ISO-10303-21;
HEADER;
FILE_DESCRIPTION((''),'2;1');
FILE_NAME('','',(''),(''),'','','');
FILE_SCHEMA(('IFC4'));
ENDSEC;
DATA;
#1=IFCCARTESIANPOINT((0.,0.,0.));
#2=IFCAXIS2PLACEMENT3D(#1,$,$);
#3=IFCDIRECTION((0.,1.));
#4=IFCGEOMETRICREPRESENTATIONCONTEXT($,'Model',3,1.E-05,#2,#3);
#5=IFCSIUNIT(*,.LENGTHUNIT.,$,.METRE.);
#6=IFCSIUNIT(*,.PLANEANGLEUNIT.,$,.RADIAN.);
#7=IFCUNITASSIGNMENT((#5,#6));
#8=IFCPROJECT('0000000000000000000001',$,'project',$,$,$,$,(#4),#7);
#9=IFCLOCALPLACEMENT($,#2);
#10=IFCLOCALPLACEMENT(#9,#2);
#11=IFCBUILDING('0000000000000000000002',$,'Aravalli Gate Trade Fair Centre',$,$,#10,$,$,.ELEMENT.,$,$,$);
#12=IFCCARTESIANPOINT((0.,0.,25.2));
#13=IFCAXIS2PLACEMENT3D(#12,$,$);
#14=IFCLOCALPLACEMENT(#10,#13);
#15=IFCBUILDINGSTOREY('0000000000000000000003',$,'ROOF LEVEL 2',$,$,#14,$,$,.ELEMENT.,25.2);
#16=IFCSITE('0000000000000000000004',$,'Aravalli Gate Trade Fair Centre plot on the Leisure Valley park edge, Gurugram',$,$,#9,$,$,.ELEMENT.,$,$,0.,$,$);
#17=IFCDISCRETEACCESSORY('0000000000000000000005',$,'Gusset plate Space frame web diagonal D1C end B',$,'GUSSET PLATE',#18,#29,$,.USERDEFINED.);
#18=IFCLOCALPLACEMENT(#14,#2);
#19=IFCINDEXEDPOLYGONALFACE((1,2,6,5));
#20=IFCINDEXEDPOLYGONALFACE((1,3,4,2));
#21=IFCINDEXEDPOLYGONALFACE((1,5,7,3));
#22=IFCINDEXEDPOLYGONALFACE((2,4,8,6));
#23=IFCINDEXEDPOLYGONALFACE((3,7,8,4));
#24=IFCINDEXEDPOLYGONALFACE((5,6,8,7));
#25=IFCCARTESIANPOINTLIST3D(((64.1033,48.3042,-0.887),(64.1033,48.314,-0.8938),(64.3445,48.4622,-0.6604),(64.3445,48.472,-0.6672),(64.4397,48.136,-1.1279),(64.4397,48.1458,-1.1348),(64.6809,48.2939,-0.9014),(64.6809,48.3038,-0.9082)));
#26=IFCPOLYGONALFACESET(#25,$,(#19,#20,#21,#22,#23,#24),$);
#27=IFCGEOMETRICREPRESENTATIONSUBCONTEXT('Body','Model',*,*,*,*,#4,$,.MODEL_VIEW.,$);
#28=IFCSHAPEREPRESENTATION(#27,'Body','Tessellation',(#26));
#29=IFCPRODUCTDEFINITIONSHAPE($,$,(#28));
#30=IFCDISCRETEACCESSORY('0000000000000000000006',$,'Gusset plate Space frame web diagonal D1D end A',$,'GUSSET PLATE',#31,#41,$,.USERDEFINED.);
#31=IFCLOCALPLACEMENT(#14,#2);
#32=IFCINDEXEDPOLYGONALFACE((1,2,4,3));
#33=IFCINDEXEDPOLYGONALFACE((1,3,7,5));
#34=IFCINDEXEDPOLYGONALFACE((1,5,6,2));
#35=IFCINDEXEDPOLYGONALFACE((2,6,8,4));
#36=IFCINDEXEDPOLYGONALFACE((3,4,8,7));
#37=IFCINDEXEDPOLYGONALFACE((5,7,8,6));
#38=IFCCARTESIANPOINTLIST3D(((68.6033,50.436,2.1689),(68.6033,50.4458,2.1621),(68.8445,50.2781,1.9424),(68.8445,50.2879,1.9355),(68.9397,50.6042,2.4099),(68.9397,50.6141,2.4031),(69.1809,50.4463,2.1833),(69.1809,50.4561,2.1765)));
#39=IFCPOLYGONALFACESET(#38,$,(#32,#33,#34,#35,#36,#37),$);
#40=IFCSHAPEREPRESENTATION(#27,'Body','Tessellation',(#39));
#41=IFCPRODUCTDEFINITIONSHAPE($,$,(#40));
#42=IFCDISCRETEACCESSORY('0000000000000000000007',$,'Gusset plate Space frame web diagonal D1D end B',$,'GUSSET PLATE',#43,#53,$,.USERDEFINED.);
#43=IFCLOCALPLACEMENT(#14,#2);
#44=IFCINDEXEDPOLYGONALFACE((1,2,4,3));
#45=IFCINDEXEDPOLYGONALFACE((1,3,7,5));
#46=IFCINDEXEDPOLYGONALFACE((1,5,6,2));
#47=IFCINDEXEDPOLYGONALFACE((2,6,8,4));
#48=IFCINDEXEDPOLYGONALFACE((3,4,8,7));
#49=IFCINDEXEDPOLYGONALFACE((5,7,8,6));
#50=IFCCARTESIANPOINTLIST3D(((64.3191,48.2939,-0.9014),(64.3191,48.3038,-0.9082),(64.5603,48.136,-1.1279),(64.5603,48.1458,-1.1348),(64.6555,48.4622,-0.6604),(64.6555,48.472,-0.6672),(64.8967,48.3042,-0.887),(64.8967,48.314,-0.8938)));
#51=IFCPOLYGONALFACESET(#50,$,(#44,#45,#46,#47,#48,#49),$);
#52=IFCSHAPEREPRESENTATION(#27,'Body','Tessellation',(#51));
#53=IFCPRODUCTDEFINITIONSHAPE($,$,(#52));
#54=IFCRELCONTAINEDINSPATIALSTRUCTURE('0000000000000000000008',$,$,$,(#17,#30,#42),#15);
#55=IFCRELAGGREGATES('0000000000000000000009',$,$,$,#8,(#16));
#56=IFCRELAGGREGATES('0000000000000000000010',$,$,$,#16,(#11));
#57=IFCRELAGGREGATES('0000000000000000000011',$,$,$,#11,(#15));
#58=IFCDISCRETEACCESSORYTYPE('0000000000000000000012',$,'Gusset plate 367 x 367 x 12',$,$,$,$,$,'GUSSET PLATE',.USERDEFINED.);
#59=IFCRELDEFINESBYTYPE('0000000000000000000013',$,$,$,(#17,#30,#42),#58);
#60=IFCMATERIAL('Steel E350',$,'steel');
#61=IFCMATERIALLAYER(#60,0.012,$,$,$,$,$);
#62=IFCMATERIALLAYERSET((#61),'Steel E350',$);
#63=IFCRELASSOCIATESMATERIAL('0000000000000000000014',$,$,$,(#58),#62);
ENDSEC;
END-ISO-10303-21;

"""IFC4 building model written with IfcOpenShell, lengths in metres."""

from ifc_helpers import new_model, si_unit, direction, frame, origin, place, context, subcontext, project, spatial, polyline, outline, extrude, material, layer, layer_set, type_object, element, save


model = new_model("IFC4")

# Units and contexts
model_context = context("Model", 3, precision=1e-05, world=origin(), true_north=direction((0.0, 1.0)))
body_context = subcontext(model_context, "Body", "Model", "MODEL_VIEW")
ifc_project = project(units=[si_unit("LENGTHUNIT", "METRE"), si_unit("PLANEANGLEUNIT", "RADIAN")], contexts=[model_context])

# Site, building, storey
site_placement = place(None, origin())
site = spatial("IfcSite", under=ifc_project, at=site_placement, Name="Aravalli Gate Trade Fair Centre plot on the Leisure Valley park edge, Gurugram", CompositionType="ELEMENT", RefElevation=0.0)
building_placement = place(site_placement, origin())
building = spatial("IfcBuilding", under=site, at=building_placement, Name="Aravalli Gate Trade Fair Centre", CompositionType="ELEMENT")
storey_placement = place(building_placement, frame((0.0, 0.0, 25.2)))
storey = spatial("IfcBuildingStorey", under=building, at=storey_placement, Name="ROOF LEVEL 2", CompositionType="ELEMENT", Elevation=25.2)

# Shared definitions
ifc_material_1 = material(Name="Steel E350", Category="steel")

# Discrete accessories
ifc_layer_1 = layer(ifc_material_1, 0.012)
ifc_layer_set_1 = layer_set([ifc_layer_1], Name="Steel E350")
discrete_accessory_type = type_object("IfcDiscreteAccessoryType", Name="Gusset plate 367 x 367 x 12", ElementType="GUSSET PLATE", PredefinedType="USERDEFINED", material=ifc_layer_set_1)
discrete_accessory_1_placement = place(storey_placement, frame((64.1033, 48.3042, -0.887), z_axis=(-0.000292, -0.820164, 0.572128), x_axis=(0.753132, -0.376566, -0.539435)))
element("IfcDiscreteAccessory", 1, at=discrete_accessory_1_placement, inside=storey, type_object=discrete_accessory_type, Name="Gusset plate Space frame web diagonal D1C end B", ObjectType="GUSSET PLATE", PredefinedType="USERDEFINED", context=body_context, shape_type="SweptSolid", body=[
    extrude(outline(polyline([(0.0, 0.0), (0.4467, 0.0), (0.4467, 0.3667), (0.0, 0.3667), (0.0, 0.0)])), origin(), (0.0, 0.0, -1.0), 0.012),
])
discrete_accessory_2_placement = place(storey_placement, frame((68.6033, 50.436, 2.1689), z_axis=(0.000292, -0.820164, 0.572128), x_axis=(0.753132, 0.376566, 0.539435)))
element("IfcDiscreteAccessory", 2, at=discrete_accessory_2_placement, inside=storey, type_object=discrete_accessory_type, Name="Gusset plate Space frame web diagonal D1D end A", ObjectType="GUSSET PLATE", PredefinedType="USERDEFINED", context=body_context, shape_type="SweptSolid", body=[
    extrude(outline(polyline([(0.0, 0.0), (0.4467, 0.0), (0.4467, -0.3667), (0.0, -0.3667), (0.0, 0.0)])), origin(), (0.0, 0.0, -1.0), 0.012),
])
discrete_accessory_3_placement = place(storey_placement, frame((64.6555, 48.4622, -0.6604), z_axis=(0.000292, -0.820164, 0.572128), x_axis=(-0.753132, -0.376566, -0.539435)))
element("IfcDiscreteAccessory", 3, at=discrete_accessory_3_placement, inside=storey, type_object=discrete_accessory_type, Name="Gusset plate Space frame web diagonal D1D end B", ObjectType="GUSSET PLATE", PredefinedType="USERDEFINED", context=body_context, shape_type="SweptSolid", body=[
    extrude(outline(polyline([(0.0, 0.0), (0.4467, 0.0), (0.4467, 0.3667), (0.0, 0.3667), (0.0, 0.0)])), origin(), (0.0, 0.0, -1.0), 0.012),
])

save(model, "model.ifc")
